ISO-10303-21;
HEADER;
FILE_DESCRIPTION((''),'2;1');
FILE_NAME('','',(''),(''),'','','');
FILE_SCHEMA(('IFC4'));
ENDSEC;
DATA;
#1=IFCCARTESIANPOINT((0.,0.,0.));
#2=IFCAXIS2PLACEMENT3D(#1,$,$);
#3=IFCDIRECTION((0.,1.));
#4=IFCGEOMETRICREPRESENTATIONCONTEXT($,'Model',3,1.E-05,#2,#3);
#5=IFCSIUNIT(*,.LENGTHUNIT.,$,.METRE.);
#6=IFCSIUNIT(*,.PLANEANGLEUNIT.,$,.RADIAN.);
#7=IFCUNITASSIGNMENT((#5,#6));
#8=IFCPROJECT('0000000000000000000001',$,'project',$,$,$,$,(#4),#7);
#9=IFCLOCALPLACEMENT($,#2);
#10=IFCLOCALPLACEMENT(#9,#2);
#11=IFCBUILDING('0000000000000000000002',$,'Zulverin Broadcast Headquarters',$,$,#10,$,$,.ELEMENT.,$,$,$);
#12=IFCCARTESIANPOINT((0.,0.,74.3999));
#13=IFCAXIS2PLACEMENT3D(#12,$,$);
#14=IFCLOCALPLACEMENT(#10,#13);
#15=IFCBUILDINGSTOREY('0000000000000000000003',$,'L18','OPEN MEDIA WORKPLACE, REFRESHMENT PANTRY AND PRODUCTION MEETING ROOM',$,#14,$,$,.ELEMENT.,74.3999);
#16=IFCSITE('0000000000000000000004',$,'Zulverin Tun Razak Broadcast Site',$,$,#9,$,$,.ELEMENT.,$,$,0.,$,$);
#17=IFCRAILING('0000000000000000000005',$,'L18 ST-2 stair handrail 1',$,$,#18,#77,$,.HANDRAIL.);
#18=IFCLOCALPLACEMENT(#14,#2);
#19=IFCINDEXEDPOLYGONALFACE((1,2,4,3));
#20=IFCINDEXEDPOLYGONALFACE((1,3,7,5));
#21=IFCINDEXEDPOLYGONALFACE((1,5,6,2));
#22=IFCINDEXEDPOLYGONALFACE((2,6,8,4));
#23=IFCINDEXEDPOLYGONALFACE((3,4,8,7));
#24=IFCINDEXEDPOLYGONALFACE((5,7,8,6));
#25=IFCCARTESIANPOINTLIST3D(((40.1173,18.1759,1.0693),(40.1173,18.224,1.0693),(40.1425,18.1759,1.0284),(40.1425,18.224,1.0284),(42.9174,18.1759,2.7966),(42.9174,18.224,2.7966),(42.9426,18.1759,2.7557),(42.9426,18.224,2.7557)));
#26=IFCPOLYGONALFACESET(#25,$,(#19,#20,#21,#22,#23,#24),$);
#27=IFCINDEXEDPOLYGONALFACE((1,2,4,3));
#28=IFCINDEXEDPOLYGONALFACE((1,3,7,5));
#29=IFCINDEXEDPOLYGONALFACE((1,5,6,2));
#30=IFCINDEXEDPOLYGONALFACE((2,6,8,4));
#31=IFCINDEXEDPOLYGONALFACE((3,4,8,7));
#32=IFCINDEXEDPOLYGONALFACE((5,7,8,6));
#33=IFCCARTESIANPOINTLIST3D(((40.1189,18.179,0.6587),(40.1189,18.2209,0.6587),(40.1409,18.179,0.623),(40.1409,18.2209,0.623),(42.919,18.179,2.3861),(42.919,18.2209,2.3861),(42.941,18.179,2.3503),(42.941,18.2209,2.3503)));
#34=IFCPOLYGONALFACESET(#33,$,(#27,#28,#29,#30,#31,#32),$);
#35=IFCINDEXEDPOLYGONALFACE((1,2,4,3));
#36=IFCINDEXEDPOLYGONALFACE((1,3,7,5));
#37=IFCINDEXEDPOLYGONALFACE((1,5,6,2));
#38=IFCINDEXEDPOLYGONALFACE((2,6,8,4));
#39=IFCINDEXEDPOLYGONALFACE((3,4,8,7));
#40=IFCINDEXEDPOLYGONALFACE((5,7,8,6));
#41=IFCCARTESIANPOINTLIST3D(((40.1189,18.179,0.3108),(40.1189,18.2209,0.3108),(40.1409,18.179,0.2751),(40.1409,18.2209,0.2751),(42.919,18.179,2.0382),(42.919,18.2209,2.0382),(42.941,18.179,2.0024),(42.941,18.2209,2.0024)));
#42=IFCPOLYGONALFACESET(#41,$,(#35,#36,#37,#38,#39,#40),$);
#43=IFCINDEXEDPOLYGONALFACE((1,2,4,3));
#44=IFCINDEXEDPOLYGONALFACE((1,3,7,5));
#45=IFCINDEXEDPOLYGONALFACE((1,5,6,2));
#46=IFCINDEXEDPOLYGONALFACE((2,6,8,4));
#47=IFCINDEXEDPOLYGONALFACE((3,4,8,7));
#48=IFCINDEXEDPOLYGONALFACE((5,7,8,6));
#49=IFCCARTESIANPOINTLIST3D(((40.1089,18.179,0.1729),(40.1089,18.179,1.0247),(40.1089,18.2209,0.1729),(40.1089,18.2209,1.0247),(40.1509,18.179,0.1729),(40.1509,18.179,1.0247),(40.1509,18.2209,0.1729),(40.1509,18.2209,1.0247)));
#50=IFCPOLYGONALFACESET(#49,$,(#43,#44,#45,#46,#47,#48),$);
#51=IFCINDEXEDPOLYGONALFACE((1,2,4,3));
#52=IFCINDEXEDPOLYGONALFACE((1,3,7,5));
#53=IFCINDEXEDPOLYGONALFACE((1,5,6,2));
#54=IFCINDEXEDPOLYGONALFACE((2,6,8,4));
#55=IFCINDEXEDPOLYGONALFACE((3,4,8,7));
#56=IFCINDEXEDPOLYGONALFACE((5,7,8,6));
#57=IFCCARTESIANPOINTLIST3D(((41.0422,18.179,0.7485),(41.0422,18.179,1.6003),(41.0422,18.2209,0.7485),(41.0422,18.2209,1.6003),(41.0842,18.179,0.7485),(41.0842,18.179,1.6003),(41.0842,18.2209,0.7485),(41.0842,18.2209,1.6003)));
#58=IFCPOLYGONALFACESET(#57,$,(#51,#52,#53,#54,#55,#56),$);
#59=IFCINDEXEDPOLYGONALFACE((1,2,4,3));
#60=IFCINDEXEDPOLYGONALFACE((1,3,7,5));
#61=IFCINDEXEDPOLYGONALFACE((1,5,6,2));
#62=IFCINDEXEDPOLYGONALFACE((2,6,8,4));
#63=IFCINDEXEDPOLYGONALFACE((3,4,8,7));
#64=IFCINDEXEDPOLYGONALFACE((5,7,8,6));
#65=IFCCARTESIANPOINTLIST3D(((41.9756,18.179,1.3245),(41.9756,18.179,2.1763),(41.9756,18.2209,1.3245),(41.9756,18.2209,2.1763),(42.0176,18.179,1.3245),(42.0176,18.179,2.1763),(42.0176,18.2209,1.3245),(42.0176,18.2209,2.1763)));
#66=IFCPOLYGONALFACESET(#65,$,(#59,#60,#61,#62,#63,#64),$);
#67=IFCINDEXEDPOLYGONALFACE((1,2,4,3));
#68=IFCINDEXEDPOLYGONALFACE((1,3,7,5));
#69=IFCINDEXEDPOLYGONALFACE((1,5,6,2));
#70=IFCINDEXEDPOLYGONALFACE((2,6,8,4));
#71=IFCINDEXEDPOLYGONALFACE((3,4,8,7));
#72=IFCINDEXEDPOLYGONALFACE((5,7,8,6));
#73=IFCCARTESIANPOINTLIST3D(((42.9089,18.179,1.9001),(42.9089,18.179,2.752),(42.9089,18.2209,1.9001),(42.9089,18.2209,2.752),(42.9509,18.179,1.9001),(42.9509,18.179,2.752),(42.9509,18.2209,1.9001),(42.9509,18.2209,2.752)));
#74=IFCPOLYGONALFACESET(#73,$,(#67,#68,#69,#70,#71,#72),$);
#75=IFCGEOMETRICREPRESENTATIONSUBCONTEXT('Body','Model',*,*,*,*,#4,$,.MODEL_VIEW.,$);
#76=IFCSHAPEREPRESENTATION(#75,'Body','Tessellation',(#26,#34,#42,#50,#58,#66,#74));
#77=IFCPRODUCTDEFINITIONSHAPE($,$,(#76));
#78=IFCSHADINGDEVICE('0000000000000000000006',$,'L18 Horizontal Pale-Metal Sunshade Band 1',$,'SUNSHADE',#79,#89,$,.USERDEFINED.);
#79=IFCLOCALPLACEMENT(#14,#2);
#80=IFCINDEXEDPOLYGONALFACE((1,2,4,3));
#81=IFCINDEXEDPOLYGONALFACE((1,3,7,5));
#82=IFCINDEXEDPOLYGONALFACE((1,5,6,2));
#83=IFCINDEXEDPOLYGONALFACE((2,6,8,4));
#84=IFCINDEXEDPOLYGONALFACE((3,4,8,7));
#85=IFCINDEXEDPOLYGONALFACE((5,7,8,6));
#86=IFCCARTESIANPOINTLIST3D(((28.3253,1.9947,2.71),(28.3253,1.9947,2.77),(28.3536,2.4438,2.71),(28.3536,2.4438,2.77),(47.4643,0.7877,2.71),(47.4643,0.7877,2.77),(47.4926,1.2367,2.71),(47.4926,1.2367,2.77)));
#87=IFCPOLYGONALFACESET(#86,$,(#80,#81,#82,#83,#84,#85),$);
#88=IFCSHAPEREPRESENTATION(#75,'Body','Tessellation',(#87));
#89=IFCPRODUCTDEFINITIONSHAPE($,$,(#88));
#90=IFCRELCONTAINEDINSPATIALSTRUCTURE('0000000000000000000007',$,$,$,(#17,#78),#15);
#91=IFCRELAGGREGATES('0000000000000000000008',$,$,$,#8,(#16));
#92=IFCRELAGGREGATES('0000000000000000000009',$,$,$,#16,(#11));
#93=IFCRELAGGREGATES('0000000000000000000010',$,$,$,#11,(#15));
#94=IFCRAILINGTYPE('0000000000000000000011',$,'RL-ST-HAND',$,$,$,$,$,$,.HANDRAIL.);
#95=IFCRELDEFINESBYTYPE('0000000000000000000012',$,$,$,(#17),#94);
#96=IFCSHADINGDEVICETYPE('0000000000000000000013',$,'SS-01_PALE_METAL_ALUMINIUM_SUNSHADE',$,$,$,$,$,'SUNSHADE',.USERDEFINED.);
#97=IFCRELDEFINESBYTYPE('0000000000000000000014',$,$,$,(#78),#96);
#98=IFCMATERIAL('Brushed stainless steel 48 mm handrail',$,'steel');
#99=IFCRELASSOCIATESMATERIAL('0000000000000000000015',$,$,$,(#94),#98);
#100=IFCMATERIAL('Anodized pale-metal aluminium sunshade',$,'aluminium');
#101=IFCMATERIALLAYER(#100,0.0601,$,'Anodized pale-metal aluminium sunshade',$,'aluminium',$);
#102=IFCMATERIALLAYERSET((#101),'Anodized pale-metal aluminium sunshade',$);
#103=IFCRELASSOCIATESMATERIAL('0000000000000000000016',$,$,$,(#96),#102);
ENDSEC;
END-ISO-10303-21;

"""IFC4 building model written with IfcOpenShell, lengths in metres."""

from ifc_helpers import new_model, si_unit, direction, frame, origin, origin_2d, place, context, subcontext, project, spatial, rectangle, extrude, material, layer, layer_set, type_object, element, save


model = new_model("IFC4")

# Units and contexts
model_context = context("Model", 3, precision=1e-05, world=origin(), true_north=direction((0.0, 1.0)))
body_context = subcontext(model_context, "Body", "Model", "MODEL_VIEW")
ifc_project = project(units=[si_unit("LENGTHUNIT", "METRE"), si_unit("PLANEANGLEUNIT", "RADIAN")], contexts=[model_context])

# Site, building, storey
site_placement = place(None, origin())
site = spatial("IfcSite", under=ifc_project, at=site_placement, Name="Zulverin Tun Razak Broadcast Site", CompositionType="ELEMENT", RefElevation=0.0)
building_placement = place(site_placement, origin())
building = spatial("IfcBuilding", under=site, at=building_placement, Name="Zulverin Broadcast Headquarters", CompositionType="ELEMENT")
storey_placement = place(building_placement, frame((0.0, 0.0, 74.3999)))
storey = spatial("IfcBuildingStorey", under=building, at=storey_placement, Name="L18", Description="OPEN MEDIA WORKPLACE, REFRESHMENT PANTRY AND PRODUCTION MEETING ROOM", CompositionType="ELEMENT", Elevation=74.3999)

# Railing
ifc_material_1 = material(Name="Brushed stainless steel 48 mm handrail", Category="steel")
railing_type_1 = type_object("IfcRailingType", Name="RL-ST-HAND", PredefinedType="HANDRAIL", material=ifc_material_1)
railing_1_placement = place(storey_placement, frame((40.1299, 18.2, 0.1729)))
element("IfcRailing", 1, at=railing_1_placement, inside=storey, type_object=railing_type_1, Name="L18 ST-2 stair handrail 1", PredefinedType="HANDRAIL", context=body_context, shape_type="SweptSolid", body=[
    extrude(rectangle(XDim=0.0481, YDim=0.0481, at=origin_2d()), frame((0.0, 0.0, 0.876), z_axis=(0.85109, 0.0, 0.52502), x_axis=(0.0, 1.0, 0.0)), (0.0, 0.0, 1.0), 3.29),
    extrude(rectangle(XDim=0.042, YDim=0.042, at=origin_2d()), frame((0.0, 0.0, 0.468), z_axis=(0.85109, 0.0, 0.52502), x_axis=(0.0, 1.0, 0.0)), (0.0, 0.0, 1.0), 3.29),
    extrude(rectangle(XDim=0.042, YDim=0.042, at=origin_2d()), frame((0.0, 0.0, 0.1201), z_axis=(0.85109, 0.0, 0.52502), x_axis=(0.0, 1.0, 0.0)), (0.0, 0.0, 1.0), 3.29),
    extrude(rectangle(XDim=0.042, YDim=0.042, at=origin_2d()), origin(), (0.0, 0.0, 1.0), 0.8518),
    extrude(rectangle(XDim=0.042, YDim=0.042, at=origin_2d()), frame((0.9333, 0.0, 0.5757)), (0.0, 0.0, 1.0), 0.8518),
    extrude(rectangle(XDim=0.042, YDim=0.042, at=origin_2d()), frame((1.8667, 0.0, 1.1516)), (0.0, 0.0, 1.0), 0.8518),
    extrude(rectangle(XDim=0.042, YDim=0.042, at=origin_2d()), frame((2.8, 0.0, 1.7273)), (0.0, 0.0, 1.0), 0.8518),
])

# Shading device
ifc_material_2 = material(Name="Anodized pale-metal aluminium sunshade", Category="aluminium")
ifc_layer_1 = layer(ifc_material_2, 0.0601, Name="Anodized pale-metal aluminium sunshade", Category="aluminium")
ifc_layer_set_1 = layer_set([ifc_layer_1], Name="Anodized pale-metal aluminium sunshade")
shading_device_type = type_object("IfcShadingDeviceType", Name="SS-01_PALE_METAL_ALUMINIUM_SUNSHADE", ElementType="SUNSHADE", PredefinedType="USERDEFINED", material=ifc_layer_set_1)
shading_device_placement = place(storey_placement, frame((37.9089, 1.6157, 2.71), z_axis=(0.0, 0.0, 1.0), x_axis=(0.998017, -0.062942, 0.0)))
element("IfcShadingDevice", 2, at=shading_device_placement, inside=storey, type_object=shading_device_type, Name="L18 Horizontal Pale-Metal Sunshade Band 1", ObjectType="SUNSHADE", PredefinedType="USERDEFINED", context=body_context, shape_type="SweptSolid", body=[
    extrude(rectangle(XDim=19.177, YDim=0.45, at=origin_2d()), origin(), (0.0, 0.0, 1.0), 0.0601),
])

save(model, "model.ifc")
